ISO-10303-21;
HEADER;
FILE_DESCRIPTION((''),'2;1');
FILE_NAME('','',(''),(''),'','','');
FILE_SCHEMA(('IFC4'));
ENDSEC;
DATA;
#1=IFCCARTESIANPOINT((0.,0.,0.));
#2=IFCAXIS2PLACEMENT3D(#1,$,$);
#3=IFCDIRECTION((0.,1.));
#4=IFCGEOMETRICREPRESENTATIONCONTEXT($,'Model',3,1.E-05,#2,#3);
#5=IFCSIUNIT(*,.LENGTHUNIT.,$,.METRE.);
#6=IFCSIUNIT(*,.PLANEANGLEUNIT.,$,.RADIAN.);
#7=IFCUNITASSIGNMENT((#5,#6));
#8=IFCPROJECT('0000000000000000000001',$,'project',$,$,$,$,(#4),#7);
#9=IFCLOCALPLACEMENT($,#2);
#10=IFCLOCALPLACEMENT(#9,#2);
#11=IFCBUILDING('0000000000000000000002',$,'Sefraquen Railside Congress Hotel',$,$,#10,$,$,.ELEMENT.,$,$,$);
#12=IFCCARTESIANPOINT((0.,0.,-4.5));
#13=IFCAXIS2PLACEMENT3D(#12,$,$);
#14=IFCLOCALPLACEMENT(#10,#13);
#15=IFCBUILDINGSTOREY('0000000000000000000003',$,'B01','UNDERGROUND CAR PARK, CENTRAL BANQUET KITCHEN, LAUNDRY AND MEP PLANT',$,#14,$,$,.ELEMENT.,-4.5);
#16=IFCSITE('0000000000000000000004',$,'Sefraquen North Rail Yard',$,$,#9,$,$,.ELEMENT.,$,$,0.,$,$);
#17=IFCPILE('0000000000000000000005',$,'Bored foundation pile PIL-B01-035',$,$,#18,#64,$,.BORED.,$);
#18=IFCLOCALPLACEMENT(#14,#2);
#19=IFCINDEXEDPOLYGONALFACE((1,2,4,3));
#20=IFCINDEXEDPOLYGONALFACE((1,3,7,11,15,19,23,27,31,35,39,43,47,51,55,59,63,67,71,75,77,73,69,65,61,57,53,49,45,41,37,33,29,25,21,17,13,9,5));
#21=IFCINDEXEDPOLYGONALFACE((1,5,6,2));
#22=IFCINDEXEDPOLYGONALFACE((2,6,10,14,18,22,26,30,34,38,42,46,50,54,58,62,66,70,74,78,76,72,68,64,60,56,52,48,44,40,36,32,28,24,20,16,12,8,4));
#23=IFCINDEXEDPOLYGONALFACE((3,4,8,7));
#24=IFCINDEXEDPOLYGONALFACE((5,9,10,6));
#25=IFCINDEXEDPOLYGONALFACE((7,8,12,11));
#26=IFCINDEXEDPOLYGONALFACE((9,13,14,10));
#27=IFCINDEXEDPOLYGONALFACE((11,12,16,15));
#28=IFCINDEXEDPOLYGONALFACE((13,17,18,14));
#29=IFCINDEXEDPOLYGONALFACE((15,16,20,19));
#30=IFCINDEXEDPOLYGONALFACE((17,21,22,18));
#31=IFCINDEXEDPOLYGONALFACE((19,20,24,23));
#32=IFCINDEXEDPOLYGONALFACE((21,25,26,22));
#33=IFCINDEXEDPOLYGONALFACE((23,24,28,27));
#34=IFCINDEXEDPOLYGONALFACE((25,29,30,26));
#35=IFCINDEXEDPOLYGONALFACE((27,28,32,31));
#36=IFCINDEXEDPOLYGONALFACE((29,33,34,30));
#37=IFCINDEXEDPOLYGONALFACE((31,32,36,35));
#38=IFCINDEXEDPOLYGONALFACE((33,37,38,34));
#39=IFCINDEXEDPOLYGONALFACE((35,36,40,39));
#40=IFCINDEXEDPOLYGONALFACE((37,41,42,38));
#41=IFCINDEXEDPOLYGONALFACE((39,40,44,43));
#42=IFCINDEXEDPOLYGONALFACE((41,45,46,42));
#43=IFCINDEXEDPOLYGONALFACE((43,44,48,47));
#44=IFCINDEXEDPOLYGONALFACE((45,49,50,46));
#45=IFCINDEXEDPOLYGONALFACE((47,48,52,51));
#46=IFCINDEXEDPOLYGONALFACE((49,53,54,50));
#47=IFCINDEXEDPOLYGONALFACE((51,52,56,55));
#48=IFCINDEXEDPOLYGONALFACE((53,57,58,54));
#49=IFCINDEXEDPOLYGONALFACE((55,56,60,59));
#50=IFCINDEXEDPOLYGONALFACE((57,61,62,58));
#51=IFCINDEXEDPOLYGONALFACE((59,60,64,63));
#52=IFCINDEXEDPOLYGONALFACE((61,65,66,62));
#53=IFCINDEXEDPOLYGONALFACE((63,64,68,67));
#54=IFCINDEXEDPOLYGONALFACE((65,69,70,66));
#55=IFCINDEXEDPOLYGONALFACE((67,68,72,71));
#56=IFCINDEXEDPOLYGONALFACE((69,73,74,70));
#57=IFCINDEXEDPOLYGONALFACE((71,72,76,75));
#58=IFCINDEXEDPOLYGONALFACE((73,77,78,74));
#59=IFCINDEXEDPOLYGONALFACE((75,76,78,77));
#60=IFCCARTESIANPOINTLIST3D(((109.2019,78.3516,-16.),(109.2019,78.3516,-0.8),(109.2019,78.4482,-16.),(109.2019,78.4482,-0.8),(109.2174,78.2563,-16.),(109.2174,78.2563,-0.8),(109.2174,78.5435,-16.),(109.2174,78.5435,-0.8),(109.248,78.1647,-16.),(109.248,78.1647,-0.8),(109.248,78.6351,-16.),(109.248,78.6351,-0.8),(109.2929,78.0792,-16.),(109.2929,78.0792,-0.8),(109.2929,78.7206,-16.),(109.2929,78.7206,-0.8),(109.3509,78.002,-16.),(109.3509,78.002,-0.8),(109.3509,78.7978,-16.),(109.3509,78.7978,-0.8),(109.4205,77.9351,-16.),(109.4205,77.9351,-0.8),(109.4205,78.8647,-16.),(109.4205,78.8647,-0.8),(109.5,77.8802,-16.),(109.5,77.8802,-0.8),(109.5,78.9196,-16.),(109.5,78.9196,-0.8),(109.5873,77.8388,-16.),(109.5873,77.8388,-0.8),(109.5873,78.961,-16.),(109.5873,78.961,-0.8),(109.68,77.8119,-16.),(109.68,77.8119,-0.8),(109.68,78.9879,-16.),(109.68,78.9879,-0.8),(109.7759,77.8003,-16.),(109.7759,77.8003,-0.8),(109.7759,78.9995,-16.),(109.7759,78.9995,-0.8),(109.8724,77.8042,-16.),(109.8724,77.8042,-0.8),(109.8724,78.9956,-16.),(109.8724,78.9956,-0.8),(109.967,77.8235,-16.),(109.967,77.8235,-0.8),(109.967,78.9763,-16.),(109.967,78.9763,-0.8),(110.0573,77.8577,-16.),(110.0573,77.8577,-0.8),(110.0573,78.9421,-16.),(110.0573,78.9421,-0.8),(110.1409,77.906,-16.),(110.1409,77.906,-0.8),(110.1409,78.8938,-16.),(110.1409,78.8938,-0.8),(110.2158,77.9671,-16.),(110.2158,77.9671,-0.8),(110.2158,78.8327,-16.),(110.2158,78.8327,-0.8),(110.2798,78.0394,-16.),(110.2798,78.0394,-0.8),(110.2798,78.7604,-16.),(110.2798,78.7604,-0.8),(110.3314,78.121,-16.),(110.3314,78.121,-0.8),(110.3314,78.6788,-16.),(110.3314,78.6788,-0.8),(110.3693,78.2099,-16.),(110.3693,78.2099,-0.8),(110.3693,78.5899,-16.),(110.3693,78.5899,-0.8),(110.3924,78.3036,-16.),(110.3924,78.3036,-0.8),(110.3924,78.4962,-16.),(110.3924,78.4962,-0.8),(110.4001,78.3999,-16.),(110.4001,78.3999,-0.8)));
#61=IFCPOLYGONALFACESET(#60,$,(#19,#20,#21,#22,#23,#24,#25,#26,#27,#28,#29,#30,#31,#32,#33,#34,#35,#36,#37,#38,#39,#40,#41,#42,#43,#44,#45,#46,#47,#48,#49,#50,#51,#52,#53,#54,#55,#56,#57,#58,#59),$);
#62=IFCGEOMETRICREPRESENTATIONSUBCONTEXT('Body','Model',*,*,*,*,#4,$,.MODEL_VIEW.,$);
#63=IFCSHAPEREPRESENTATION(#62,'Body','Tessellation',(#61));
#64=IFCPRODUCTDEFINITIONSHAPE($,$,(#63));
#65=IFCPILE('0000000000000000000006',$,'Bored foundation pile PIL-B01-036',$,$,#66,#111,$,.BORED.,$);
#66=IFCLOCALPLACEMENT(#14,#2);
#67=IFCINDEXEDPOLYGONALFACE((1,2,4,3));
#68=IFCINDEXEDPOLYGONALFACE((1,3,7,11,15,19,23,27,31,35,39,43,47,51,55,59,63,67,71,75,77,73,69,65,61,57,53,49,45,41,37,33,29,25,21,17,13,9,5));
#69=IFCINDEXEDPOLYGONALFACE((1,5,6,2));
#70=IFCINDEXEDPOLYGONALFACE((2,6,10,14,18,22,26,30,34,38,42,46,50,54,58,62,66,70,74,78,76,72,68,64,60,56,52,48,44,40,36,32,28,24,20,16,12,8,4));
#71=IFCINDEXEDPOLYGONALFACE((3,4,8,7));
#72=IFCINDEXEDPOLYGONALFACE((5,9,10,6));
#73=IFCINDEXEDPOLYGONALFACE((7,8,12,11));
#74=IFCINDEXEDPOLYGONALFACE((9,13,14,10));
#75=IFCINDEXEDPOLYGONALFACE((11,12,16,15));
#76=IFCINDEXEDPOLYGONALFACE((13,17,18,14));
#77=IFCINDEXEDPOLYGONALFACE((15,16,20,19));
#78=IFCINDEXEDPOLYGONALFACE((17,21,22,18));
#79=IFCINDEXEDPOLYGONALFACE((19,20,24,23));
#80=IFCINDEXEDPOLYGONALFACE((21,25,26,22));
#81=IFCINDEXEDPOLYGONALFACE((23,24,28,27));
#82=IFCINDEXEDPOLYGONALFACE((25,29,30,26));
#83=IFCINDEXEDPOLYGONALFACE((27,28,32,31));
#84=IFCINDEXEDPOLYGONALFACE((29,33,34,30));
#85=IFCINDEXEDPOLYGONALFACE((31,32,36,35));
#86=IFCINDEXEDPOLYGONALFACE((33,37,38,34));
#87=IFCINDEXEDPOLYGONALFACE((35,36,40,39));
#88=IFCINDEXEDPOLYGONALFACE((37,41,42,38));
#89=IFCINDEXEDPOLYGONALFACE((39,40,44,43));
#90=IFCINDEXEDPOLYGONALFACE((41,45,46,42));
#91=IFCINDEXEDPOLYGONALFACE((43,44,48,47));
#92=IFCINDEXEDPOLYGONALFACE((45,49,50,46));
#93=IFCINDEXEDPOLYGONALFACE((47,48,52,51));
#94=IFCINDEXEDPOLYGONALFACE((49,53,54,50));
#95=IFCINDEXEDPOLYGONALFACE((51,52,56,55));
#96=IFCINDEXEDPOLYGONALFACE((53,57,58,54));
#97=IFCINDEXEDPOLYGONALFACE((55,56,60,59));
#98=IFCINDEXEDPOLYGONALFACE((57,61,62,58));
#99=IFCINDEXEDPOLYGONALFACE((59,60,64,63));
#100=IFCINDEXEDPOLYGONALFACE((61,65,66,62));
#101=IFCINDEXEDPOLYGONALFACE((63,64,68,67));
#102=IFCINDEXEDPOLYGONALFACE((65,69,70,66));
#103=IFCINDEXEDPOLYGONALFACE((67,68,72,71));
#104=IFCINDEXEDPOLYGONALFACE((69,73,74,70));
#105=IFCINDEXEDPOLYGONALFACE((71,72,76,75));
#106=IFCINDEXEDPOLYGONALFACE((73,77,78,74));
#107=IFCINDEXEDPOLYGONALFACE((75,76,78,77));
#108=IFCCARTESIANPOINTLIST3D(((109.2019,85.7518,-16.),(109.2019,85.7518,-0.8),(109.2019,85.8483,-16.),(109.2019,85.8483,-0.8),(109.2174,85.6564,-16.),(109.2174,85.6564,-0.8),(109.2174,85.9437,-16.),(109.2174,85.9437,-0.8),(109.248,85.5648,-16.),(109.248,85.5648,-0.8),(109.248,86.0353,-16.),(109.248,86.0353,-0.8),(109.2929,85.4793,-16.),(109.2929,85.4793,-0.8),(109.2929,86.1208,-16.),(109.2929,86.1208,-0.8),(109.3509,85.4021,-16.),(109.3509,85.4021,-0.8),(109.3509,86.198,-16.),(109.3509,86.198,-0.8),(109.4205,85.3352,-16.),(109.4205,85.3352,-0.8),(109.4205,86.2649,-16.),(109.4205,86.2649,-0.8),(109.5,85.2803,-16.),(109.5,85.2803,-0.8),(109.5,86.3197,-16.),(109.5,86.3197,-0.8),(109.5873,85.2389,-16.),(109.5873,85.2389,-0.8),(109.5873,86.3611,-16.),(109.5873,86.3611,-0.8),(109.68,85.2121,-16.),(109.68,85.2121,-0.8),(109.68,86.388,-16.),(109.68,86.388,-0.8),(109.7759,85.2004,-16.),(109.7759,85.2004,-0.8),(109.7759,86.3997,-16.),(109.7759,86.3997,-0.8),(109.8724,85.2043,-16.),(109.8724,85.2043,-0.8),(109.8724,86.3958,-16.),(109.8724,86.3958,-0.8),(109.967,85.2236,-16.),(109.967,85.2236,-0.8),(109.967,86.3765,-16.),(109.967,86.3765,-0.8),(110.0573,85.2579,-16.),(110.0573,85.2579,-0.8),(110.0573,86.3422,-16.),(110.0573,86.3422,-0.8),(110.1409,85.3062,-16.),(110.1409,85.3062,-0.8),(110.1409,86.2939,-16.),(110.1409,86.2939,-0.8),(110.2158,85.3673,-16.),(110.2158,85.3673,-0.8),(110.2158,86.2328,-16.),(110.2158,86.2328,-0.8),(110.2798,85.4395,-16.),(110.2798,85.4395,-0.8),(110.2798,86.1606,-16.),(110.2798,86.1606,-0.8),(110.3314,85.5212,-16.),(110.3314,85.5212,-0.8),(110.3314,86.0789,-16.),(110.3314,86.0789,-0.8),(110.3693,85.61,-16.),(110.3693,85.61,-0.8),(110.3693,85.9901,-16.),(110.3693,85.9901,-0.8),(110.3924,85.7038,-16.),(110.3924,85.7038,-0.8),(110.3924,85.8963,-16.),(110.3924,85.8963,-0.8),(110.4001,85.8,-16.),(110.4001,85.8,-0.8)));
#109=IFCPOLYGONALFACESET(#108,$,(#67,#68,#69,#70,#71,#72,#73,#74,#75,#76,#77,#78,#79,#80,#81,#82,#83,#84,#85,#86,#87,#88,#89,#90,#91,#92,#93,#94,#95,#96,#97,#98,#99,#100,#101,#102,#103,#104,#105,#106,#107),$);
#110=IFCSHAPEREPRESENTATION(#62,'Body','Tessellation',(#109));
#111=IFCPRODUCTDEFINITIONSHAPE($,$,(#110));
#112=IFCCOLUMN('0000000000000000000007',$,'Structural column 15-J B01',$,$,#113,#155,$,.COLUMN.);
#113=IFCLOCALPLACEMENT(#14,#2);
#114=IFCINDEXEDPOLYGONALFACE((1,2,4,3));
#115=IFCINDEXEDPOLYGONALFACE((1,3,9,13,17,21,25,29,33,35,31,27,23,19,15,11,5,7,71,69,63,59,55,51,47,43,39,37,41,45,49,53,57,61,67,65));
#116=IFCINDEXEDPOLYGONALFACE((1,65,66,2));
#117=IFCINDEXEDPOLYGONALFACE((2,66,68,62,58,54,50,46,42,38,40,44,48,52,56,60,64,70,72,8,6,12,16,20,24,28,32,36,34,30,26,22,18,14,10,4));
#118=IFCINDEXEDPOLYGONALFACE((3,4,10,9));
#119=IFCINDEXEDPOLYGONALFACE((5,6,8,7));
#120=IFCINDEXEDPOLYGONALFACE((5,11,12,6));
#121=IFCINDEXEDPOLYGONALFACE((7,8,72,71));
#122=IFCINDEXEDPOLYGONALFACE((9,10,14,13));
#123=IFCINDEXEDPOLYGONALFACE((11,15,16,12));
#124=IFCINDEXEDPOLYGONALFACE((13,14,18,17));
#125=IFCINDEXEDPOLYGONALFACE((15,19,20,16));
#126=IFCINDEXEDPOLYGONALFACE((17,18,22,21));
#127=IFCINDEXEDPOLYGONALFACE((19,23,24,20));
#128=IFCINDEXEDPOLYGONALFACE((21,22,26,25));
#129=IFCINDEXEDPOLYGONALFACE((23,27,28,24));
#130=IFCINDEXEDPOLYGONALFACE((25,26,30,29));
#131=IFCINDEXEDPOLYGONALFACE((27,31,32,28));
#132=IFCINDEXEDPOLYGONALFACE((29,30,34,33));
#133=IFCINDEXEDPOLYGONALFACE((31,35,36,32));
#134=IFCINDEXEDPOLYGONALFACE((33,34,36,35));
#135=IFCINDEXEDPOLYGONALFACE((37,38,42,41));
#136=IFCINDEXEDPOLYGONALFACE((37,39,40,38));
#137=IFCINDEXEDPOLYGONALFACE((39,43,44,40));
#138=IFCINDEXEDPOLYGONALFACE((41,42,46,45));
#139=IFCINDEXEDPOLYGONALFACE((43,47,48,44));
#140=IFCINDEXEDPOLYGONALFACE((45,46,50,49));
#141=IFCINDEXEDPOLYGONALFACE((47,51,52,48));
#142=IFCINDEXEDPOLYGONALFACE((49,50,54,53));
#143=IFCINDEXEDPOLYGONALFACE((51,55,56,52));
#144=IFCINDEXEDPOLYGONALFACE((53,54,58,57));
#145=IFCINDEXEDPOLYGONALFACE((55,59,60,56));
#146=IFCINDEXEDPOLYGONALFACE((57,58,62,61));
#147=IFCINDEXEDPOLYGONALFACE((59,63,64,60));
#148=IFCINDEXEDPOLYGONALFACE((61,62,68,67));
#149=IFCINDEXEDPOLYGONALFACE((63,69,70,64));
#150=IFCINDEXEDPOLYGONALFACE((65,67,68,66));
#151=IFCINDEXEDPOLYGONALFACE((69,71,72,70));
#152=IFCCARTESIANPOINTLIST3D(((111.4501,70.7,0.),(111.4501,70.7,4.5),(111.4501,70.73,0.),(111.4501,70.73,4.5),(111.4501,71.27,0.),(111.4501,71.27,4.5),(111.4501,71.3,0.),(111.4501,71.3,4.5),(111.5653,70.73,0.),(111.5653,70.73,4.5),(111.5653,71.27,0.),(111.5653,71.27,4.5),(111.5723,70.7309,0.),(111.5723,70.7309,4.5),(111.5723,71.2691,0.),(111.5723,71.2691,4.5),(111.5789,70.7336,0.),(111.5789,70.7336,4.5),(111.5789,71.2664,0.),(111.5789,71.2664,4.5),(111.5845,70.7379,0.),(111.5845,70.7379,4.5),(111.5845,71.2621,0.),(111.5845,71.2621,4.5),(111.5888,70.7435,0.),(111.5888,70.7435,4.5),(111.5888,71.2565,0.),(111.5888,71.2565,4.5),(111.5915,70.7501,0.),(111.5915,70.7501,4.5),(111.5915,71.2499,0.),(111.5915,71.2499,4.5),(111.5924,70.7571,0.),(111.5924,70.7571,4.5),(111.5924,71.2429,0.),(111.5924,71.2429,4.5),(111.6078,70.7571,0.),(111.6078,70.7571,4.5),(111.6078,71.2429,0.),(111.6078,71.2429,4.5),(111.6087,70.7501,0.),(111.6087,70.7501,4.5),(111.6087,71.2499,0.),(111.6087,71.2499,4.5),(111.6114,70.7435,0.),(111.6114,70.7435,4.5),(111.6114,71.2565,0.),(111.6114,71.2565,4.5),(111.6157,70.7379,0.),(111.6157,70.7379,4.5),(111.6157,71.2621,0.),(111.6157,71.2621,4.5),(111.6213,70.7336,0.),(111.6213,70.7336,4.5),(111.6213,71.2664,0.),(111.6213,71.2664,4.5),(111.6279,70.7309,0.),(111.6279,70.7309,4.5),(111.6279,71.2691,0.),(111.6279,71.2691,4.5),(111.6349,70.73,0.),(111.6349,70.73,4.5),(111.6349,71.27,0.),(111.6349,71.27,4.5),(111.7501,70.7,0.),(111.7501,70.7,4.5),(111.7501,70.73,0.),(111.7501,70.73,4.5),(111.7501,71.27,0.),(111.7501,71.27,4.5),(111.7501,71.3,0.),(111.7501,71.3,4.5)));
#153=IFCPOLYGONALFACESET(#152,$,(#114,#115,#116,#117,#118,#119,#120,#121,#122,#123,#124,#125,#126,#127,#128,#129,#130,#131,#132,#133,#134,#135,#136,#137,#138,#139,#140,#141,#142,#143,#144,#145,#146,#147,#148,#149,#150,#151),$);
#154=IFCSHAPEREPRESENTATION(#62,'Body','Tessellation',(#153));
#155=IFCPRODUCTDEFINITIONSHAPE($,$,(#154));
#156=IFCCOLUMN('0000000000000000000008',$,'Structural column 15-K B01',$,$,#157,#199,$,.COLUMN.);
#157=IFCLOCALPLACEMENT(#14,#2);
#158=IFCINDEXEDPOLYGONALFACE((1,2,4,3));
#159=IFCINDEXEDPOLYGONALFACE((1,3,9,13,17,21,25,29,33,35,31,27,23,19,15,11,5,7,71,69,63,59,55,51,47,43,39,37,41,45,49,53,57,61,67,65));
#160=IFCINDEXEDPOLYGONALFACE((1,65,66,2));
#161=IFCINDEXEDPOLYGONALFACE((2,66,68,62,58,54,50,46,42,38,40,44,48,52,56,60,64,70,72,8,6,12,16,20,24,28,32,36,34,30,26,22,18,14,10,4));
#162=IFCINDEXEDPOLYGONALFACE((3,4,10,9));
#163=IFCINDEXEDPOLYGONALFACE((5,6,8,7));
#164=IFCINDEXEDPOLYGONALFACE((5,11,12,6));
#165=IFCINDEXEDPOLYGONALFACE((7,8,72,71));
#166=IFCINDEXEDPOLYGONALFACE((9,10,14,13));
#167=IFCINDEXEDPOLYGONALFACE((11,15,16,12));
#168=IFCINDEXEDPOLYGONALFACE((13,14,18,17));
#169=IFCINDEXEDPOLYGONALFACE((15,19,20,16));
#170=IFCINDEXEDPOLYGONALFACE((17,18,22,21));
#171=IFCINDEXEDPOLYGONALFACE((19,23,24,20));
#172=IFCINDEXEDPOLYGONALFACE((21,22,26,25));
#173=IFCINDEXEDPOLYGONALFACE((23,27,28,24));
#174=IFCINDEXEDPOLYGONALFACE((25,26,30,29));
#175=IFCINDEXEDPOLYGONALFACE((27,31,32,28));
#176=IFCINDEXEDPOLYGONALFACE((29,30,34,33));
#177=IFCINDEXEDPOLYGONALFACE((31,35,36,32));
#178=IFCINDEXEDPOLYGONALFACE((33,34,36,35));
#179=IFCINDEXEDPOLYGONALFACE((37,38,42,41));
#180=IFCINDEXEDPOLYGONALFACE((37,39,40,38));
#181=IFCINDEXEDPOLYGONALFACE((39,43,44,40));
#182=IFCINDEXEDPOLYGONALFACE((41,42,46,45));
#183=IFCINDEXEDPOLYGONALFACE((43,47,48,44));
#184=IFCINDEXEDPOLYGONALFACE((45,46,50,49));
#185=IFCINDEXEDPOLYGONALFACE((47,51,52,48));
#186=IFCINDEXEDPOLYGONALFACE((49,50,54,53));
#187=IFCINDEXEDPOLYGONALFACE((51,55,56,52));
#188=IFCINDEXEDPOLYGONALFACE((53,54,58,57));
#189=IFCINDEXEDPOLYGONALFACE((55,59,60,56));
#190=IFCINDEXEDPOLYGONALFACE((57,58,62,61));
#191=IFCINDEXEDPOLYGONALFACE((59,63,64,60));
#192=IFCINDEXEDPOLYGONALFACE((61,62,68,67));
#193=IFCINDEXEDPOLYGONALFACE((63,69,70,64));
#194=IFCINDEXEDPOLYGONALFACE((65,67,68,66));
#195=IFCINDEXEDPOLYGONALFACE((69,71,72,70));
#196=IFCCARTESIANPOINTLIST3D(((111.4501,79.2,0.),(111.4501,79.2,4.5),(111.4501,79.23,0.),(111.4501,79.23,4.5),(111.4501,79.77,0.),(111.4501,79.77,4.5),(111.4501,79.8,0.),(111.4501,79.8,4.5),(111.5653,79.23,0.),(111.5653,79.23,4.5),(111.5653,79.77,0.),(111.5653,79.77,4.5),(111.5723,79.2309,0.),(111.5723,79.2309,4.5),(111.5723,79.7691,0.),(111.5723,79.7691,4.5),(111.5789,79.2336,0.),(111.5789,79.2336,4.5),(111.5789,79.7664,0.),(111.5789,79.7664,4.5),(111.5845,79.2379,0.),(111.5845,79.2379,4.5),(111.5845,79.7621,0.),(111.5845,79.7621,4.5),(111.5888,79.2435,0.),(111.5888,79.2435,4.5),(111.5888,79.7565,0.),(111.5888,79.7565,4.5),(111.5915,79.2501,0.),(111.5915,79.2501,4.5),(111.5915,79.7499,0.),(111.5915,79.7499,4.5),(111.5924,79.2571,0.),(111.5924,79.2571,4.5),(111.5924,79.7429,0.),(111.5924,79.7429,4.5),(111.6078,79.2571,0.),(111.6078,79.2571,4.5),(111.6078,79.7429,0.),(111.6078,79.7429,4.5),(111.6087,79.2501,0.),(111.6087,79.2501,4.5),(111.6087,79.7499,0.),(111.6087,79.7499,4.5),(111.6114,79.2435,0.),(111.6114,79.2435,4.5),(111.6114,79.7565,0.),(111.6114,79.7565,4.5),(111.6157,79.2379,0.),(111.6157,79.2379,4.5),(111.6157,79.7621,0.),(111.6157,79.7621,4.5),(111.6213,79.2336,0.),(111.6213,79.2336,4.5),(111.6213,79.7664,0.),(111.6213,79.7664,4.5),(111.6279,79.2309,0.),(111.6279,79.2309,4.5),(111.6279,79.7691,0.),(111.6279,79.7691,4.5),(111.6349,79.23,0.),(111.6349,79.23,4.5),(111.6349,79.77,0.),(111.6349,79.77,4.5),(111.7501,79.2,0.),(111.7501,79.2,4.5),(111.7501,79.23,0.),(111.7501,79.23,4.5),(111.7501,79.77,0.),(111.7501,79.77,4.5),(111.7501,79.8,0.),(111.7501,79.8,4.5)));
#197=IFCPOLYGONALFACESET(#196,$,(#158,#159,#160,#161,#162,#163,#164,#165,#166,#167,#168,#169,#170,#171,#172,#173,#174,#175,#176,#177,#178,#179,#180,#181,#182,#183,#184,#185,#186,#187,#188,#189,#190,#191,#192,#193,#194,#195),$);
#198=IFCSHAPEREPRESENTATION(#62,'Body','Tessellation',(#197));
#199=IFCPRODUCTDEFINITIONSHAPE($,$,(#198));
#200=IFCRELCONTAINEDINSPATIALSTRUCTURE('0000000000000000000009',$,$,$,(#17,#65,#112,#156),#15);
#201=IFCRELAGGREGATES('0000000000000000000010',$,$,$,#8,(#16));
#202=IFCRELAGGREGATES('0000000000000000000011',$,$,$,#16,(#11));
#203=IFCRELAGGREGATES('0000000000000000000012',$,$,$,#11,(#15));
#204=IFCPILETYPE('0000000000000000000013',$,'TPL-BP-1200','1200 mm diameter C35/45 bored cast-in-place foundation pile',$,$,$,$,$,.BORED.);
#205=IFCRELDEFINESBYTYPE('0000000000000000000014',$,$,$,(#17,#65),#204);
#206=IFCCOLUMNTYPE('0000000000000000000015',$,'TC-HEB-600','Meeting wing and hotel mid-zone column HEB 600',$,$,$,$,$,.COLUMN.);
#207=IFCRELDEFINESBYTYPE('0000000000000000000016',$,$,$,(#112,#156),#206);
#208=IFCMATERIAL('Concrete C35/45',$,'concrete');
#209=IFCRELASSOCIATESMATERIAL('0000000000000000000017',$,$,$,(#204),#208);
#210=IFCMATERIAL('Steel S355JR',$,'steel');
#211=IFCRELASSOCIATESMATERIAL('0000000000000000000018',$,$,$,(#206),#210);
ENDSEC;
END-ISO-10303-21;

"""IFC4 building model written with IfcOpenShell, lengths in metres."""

from ifc_helpers import new_model, si_unit, direction, frame, origin, origin_2d, place, context, subcontext, project, spatial, circle, i_section, extrude, material, material_profile, profile_set, type_object, element, save


model = new_model("IFC4")

# Units and contexts
model_context = context("Model", 3, precision=1e-05, world=origin(), true_north=direction((0.0, 1.0)))
body_context = subcontext(model_context, "Body", "Model", "MODEL_VIEW")
ifc_project = project(units=[si_unit("LENGTHUNIT", "METRE"), si_unit("PLANEANGLEUNIT", "RADIAN")], contexts=[model_context])

# Site, building, storey
site_placement = place(None, origin())
site = spatial("IfcSite", under=ifc_project, at=site_placement, Name="Sefraquen North Rail Yard", CompositionType="ELEMENT", RefElevation=0.0)
building_placement = place(site_placement, origin())
building = spatial("IfcBuilding", under=site, at=building_placement, Name="Sefraquen Railside Congress Hotel", CompositionType="ELEMENT")
storey_placement = place(building_placement, frame((0.0, 0.0, -4.5)))
storey = spatial("IfcBuildingStorey", under=building, at=storey_placement, Name="B01", Description="UNDERGROUND CAR PARK, CENTRAL BANQUET KITCHEN, LAUNDRY AND MEP PLANT", CompositionType="ELEMENT", Elevation=-4.5)

# Piles
ifc_material_1 = material(Name="Concrete C35/45", Category="concrete")
ifc_material_profile_1 = material_profile(ifc_material_1, circle(Radius=0.6001, at=origin_2d()), Name="BORED PILE 1200")
ifc_profile_set_1 = profile_set([ifc_material_profile_1], Name="Concrete C35/45")
pile_type = type_object("IfcPileType", Name="TPL-BP-1200", Description="1200 mm diameter C35/45 bored cast-in-place foundation pile", PredefinedType="BORED", material=ifc_profile_set_1)
for number, where, z_axis, x_axis, name in (
    (1, (109.8, 78.3999, -0.8), (0.0, 0.0, -1.0), (1.0, 0.0, 0.0), "Bored foundation pile PIL-B01-035"),
    (2, (109.8, 85.8, -0.8), (0.0, 0.0, -1.0), (1.0, 0.0, 0.0), "Bored foundation pile PIL-B01-036"),
):
    element("IfcPile", number, at=place(storey_placement, frame(where, z_axis=z_axis, x_axis=x_axis)), inside=storey, type_object=pile_type, Name=name, PredefinedType="BORED", context=body_context, shape_type="SweptSolid", body=[
        extrude(circle(Radius=0.6001, at=origin_2d()), origin(), (0.0, 0.0, 1.0), 15.2),
    ])

# Columns
ifc_material_2 = material(Name="Steel S355JR", Category="steel")
ifc_material_profile_2 = material_profile(ifc_material_2, i_section(OverallWidth=0.3, OverallDepth=0.6001, WebThickness=0.0154, FlangeThickness=0.03, FilletRadius=0.0271, at=origin_2d()), Name="HEB 600")
ifc_profile_set_2 = profile_set([ifc_material_profile_2], Name="Steel S355JR")
column_type = type_object("IfcColumnType", Name="TC-HEB-600", Description="Meeting wing and hotel mid-zone column HEB 600", PredefinedType="COLUMN", material=ifc_profile_set_2)
for number, where, z_axis, x_axis, name in (
    (3, (111.6001, 71.0, 0.0), (0.0, 0.0, 1.0), (1.0, 0.0, 0.0), "Structural column 15-J B01"),
    (4, (111.6001, 79.5, 0.0), (0.0, 0.0, 1.0), (1.0, 0.0, 0.0), "Structural column 15-K B01"),
):
    element("IfcColumn", number, at=place(storey_placement, frame(where, z_axis=z_axis, x_axis=x_axis)), inside=storey, type_object=column_type, Name=name, PredefinedType="COLUMN", context=body_context, shape_type="SweptSolid", body=[
        extrude(i_section(OverallWidth=0.3, OverallDepth=0.6001, WebThickness=0.0154, FlangeThickness=0.03, FilletRadius=0.0271, at=origin_2d()), origin(), (0.0, 0.0, 1.0), 4.5),
    ])

save(model, "model.ifc")
